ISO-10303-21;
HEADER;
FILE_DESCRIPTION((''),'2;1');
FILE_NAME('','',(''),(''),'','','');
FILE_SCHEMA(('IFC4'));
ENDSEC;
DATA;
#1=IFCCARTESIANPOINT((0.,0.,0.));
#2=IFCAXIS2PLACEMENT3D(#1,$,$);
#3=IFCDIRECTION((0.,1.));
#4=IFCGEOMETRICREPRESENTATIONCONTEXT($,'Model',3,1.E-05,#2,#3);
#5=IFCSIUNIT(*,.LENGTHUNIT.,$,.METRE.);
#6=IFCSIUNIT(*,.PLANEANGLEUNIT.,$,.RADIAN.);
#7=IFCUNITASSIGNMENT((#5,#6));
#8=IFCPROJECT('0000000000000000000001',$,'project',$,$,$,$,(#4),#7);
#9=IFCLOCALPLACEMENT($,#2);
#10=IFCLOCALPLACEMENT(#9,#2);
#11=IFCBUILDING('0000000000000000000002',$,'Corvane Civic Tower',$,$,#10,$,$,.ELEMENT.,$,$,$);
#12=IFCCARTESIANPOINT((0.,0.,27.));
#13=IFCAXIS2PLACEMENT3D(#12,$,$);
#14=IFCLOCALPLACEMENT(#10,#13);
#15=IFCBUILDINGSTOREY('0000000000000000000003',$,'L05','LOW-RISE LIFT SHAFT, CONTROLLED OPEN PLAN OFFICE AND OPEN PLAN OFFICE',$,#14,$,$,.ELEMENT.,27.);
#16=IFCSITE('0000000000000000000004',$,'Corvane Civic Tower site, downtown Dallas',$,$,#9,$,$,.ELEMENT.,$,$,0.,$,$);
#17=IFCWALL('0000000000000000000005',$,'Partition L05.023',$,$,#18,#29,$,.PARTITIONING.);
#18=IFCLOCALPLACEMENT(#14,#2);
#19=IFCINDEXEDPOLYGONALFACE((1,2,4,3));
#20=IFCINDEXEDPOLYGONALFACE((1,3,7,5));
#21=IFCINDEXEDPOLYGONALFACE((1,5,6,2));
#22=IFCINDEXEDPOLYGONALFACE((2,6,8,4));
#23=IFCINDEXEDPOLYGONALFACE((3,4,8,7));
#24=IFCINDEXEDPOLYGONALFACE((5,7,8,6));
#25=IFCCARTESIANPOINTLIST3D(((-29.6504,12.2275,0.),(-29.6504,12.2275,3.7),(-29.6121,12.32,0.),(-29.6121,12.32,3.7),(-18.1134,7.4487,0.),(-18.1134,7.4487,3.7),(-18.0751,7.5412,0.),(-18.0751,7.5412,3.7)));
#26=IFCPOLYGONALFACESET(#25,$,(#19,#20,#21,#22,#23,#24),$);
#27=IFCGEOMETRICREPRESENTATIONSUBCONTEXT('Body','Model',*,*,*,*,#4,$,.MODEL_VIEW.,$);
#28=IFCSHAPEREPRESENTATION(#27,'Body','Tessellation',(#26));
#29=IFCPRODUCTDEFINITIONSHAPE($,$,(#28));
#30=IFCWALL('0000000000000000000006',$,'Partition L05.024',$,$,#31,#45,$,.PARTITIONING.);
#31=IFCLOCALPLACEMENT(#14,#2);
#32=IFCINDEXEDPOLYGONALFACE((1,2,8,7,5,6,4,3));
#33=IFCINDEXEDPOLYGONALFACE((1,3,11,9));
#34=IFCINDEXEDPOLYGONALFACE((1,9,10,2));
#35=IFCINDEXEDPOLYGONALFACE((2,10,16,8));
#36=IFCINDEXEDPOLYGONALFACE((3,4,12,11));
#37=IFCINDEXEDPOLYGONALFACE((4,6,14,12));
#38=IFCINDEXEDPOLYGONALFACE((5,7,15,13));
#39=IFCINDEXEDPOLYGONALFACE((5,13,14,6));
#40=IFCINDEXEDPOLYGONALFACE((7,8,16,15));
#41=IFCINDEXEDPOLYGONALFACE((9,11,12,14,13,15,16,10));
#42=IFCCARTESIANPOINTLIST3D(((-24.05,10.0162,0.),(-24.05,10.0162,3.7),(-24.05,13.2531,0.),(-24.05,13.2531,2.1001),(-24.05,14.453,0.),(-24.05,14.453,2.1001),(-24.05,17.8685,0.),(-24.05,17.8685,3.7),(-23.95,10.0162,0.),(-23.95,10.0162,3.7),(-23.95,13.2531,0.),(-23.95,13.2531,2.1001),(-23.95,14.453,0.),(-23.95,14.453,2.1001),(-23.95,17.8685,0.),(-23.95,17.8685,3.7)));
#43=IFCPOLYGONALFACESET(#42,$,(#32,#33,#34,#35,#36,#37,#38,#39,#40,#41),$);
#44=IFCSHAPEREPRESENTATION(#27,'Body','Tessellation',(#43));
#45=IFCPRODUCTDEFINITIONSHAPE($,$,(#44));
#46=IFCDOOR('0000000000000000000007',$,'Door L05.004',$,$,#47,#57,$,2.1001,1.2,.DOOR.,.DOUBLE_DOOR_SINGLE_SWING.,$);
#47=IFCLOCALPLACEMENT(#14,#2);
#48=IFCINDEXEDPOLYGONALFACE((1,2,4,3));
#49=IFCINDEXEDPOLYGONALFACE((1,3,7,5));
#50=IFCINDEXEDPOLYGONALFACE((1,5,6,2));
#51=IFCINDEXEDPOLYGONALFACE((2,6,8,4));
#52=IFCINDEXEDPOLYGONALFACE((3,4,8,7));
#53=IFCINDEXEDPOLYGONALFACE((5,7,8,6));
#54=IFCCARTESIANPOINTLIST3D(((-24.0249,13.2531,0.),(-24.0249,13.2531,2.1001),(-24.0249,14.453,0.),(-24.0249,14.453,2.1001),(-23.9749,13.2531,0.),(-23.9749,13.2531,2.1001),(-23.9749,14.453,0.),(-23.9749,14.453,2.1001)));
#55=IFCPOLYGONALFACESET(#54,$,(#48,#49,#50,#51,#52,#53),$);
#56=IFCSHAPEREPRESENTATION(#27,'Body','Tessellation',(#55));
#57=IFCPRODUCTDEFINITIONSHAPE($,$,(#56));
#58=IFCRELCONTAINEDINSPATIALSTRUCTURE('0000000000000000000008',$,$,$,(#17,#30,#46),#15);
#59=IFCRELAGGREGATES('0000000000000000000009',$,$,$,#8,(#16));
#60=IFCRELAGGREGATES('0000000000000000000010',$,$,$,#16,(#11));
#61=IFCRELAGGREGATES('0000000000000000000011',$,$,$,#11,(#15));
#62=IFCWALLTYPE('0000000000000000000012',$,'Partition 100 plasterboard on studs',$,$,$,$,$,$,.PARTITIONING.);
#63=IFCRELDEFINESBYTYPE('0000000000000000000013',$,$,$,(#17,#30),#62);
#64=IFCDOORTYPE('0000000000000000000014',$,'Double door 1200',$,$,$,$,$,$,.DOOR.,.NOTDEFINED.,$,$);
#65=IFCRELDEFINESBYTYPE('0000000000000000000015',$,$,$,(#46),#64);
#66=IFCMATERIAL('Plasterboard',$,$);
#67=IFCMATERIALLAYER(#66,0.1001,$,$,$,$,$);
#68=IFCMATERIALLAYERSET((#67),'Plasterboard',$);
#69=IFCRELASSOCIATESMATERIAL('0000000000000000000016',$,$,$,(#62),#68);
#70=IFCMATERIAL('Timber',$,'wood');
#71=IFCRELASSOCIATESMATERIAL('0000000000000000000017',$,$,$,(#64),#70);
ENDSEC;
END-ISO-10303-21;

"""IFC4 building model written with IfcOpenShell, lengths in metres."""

from ifc_helpers import new_model, si_unit, direction, frame, frame_2d, origin, place, context, subcontext, project, spatial, rectangle, extrude, material, layer, layer_set, type_object, element, fill, save


model = new_model("IFC4")

# Units and contexts
model_context = context("Model", 3, precision=1e-05, world=origin(), true_north=direction((0.0, 1.0)))
body_context = subcontext(model_context, "Body", "Model", "MODEL_VIEW")
ifc_project = project(units=[si_unit("LENGTHUNIT", "METRE"), si_unit("PLANEANGLEUNIT", "RADIAN")], contexts=[model_context])

# Site, building, storey
site_placement = place(None, origin())
site = spatial("IfcSite", under=ifc_project, at=site_placement, Name="Corvane Civic Tower site, downtown Dallas", CompositionType="ELEMENT", RefElevation=0.0)
building_placement = place(site_placement, origin())
building = spatial("IfcBuilding", under=site, at=building_placement, Name="Corvane Civic Tower", CompositionType="ELEMENT")
storey_placement = place(building_placement, frame((0.0, 0.0, 27.0)))
storey = spatial("IfcBuildingStorey", under=building, at=storey_placement, Name="L05", Description="LOW-RISE LIFT SHAFT, CONTROLLED OPEN PLAN OFFICE AND OPEN PLAN OFFICE", CompositionType="ELEMENT", Elevation=27.0)

# Wall
ifc_material_1 = material(Name="Plasterboard")
ifc_layer_1 = layer(ifc_material_1, 0.1001)
ifc_layer_set_1 = layer_set([ifc_layer_1], Name="Plasterboard")
wall_type_1 = type_object("IfcWallType", Name="Partition 100 plasterboard on studs", PredefinedType="PARTITIONING", material=ifc_layer_set_1)
wall_1_placement = place(storey_placement, frame((-29.6311, 12.2737, 0.0), z_axis=(0.0, 0.0, 1.0), x_axis=(0.92388, -0.382682, 0.0)))
element("IfcWall", 1, at=wall_1_placement, inside=storey, type_object=wall_type_1, Name="Partition L05.023", PredefinedType="PARTITIONING", context=body_context, shape_type="SweptSolid", body=[
    extrude(rectangle(XDim=12.4875, YDim=0.1001, at=frame_2d((6.2437, 0.0))), origin(), (0.0, 0.0, 1.0), 3.7),
])

# Wall, opening, door
wall_2_placement = place(storey_placement, frame((-24.0, 10.0161, 0.0), z_axis=(0.0, 0.0, 1.0), x_axis=(0.0, 1.0, 0.0)))
wall_2 = element("IfcWall", 2, at=wall_2_placement, inside=storey, type_object=wall_type_1, Name="Partition L05.024", PredefinedType="PARTITIONING", context=body_context, shape_type="SweptSolid", body=[
    extrude(rectangle(XDim=7.8523, YDim=0.1001, at=frame_2d((3.9263, 0.0))), origin(), (0.0, 0.0, 1.0), 3.7),
])
opening_1_placement = place(wall_2_placement, frame((3.2368, 0.0, 0.0)))
opening_1 = element("IfcOpeningElement", 3, at=opening_1_placement, cuts=wall_2, PredefinedType="OPENING", context=body_context, shape_type="SweptSolid", body=[
    extrude(rectangle(XDim=1.2, YDim=2.1001, at=frame_2d((0.6001, 1.05))), frame((0.0, 0.0601, 0.0), z_axis=(0.0, -1.0, 0.0), x_axis=(1.0, 0.0, 0.0)), (0.0, 0.0, 1.0), 0.1201),
])
ifc_material_2 = material(Name="Timber", Category="wood")
door_type_1 = type_object("IfcDoorType", Name="Double door 1200", OperationType="NOTDEFINED", PredefinedType="DOOR", material=ifc_material_2)
door_1_placement = place(opening_1_placement, origin())
door_1 = element("IfcDoor", 4, at=door_1_placement, inside=storey, type_object=door_type_1, Name="Door L05.004", OperationType="DOUBLE_DOOR_SINGLE_SWING", OverallHeight=2.1001, OverallWidth=1.2, PredefinedType="DOOR", context=body_context, shape_type="SweptSolid", body=[
    extrude(rectangle(XDim=1.2, YDim=2.1001, at=frame_2d((0.6001, 1.05))), frame((0.0, 0.0249, 0.0), z_axis=(0.0, -1.0, 0.0), x_axis=(1.0, 0.0, 0.0)), (0.0, 0.0, 1.0), 0.05),
])
fill(opening_1, door_1)

save(model, "model.ifc")
